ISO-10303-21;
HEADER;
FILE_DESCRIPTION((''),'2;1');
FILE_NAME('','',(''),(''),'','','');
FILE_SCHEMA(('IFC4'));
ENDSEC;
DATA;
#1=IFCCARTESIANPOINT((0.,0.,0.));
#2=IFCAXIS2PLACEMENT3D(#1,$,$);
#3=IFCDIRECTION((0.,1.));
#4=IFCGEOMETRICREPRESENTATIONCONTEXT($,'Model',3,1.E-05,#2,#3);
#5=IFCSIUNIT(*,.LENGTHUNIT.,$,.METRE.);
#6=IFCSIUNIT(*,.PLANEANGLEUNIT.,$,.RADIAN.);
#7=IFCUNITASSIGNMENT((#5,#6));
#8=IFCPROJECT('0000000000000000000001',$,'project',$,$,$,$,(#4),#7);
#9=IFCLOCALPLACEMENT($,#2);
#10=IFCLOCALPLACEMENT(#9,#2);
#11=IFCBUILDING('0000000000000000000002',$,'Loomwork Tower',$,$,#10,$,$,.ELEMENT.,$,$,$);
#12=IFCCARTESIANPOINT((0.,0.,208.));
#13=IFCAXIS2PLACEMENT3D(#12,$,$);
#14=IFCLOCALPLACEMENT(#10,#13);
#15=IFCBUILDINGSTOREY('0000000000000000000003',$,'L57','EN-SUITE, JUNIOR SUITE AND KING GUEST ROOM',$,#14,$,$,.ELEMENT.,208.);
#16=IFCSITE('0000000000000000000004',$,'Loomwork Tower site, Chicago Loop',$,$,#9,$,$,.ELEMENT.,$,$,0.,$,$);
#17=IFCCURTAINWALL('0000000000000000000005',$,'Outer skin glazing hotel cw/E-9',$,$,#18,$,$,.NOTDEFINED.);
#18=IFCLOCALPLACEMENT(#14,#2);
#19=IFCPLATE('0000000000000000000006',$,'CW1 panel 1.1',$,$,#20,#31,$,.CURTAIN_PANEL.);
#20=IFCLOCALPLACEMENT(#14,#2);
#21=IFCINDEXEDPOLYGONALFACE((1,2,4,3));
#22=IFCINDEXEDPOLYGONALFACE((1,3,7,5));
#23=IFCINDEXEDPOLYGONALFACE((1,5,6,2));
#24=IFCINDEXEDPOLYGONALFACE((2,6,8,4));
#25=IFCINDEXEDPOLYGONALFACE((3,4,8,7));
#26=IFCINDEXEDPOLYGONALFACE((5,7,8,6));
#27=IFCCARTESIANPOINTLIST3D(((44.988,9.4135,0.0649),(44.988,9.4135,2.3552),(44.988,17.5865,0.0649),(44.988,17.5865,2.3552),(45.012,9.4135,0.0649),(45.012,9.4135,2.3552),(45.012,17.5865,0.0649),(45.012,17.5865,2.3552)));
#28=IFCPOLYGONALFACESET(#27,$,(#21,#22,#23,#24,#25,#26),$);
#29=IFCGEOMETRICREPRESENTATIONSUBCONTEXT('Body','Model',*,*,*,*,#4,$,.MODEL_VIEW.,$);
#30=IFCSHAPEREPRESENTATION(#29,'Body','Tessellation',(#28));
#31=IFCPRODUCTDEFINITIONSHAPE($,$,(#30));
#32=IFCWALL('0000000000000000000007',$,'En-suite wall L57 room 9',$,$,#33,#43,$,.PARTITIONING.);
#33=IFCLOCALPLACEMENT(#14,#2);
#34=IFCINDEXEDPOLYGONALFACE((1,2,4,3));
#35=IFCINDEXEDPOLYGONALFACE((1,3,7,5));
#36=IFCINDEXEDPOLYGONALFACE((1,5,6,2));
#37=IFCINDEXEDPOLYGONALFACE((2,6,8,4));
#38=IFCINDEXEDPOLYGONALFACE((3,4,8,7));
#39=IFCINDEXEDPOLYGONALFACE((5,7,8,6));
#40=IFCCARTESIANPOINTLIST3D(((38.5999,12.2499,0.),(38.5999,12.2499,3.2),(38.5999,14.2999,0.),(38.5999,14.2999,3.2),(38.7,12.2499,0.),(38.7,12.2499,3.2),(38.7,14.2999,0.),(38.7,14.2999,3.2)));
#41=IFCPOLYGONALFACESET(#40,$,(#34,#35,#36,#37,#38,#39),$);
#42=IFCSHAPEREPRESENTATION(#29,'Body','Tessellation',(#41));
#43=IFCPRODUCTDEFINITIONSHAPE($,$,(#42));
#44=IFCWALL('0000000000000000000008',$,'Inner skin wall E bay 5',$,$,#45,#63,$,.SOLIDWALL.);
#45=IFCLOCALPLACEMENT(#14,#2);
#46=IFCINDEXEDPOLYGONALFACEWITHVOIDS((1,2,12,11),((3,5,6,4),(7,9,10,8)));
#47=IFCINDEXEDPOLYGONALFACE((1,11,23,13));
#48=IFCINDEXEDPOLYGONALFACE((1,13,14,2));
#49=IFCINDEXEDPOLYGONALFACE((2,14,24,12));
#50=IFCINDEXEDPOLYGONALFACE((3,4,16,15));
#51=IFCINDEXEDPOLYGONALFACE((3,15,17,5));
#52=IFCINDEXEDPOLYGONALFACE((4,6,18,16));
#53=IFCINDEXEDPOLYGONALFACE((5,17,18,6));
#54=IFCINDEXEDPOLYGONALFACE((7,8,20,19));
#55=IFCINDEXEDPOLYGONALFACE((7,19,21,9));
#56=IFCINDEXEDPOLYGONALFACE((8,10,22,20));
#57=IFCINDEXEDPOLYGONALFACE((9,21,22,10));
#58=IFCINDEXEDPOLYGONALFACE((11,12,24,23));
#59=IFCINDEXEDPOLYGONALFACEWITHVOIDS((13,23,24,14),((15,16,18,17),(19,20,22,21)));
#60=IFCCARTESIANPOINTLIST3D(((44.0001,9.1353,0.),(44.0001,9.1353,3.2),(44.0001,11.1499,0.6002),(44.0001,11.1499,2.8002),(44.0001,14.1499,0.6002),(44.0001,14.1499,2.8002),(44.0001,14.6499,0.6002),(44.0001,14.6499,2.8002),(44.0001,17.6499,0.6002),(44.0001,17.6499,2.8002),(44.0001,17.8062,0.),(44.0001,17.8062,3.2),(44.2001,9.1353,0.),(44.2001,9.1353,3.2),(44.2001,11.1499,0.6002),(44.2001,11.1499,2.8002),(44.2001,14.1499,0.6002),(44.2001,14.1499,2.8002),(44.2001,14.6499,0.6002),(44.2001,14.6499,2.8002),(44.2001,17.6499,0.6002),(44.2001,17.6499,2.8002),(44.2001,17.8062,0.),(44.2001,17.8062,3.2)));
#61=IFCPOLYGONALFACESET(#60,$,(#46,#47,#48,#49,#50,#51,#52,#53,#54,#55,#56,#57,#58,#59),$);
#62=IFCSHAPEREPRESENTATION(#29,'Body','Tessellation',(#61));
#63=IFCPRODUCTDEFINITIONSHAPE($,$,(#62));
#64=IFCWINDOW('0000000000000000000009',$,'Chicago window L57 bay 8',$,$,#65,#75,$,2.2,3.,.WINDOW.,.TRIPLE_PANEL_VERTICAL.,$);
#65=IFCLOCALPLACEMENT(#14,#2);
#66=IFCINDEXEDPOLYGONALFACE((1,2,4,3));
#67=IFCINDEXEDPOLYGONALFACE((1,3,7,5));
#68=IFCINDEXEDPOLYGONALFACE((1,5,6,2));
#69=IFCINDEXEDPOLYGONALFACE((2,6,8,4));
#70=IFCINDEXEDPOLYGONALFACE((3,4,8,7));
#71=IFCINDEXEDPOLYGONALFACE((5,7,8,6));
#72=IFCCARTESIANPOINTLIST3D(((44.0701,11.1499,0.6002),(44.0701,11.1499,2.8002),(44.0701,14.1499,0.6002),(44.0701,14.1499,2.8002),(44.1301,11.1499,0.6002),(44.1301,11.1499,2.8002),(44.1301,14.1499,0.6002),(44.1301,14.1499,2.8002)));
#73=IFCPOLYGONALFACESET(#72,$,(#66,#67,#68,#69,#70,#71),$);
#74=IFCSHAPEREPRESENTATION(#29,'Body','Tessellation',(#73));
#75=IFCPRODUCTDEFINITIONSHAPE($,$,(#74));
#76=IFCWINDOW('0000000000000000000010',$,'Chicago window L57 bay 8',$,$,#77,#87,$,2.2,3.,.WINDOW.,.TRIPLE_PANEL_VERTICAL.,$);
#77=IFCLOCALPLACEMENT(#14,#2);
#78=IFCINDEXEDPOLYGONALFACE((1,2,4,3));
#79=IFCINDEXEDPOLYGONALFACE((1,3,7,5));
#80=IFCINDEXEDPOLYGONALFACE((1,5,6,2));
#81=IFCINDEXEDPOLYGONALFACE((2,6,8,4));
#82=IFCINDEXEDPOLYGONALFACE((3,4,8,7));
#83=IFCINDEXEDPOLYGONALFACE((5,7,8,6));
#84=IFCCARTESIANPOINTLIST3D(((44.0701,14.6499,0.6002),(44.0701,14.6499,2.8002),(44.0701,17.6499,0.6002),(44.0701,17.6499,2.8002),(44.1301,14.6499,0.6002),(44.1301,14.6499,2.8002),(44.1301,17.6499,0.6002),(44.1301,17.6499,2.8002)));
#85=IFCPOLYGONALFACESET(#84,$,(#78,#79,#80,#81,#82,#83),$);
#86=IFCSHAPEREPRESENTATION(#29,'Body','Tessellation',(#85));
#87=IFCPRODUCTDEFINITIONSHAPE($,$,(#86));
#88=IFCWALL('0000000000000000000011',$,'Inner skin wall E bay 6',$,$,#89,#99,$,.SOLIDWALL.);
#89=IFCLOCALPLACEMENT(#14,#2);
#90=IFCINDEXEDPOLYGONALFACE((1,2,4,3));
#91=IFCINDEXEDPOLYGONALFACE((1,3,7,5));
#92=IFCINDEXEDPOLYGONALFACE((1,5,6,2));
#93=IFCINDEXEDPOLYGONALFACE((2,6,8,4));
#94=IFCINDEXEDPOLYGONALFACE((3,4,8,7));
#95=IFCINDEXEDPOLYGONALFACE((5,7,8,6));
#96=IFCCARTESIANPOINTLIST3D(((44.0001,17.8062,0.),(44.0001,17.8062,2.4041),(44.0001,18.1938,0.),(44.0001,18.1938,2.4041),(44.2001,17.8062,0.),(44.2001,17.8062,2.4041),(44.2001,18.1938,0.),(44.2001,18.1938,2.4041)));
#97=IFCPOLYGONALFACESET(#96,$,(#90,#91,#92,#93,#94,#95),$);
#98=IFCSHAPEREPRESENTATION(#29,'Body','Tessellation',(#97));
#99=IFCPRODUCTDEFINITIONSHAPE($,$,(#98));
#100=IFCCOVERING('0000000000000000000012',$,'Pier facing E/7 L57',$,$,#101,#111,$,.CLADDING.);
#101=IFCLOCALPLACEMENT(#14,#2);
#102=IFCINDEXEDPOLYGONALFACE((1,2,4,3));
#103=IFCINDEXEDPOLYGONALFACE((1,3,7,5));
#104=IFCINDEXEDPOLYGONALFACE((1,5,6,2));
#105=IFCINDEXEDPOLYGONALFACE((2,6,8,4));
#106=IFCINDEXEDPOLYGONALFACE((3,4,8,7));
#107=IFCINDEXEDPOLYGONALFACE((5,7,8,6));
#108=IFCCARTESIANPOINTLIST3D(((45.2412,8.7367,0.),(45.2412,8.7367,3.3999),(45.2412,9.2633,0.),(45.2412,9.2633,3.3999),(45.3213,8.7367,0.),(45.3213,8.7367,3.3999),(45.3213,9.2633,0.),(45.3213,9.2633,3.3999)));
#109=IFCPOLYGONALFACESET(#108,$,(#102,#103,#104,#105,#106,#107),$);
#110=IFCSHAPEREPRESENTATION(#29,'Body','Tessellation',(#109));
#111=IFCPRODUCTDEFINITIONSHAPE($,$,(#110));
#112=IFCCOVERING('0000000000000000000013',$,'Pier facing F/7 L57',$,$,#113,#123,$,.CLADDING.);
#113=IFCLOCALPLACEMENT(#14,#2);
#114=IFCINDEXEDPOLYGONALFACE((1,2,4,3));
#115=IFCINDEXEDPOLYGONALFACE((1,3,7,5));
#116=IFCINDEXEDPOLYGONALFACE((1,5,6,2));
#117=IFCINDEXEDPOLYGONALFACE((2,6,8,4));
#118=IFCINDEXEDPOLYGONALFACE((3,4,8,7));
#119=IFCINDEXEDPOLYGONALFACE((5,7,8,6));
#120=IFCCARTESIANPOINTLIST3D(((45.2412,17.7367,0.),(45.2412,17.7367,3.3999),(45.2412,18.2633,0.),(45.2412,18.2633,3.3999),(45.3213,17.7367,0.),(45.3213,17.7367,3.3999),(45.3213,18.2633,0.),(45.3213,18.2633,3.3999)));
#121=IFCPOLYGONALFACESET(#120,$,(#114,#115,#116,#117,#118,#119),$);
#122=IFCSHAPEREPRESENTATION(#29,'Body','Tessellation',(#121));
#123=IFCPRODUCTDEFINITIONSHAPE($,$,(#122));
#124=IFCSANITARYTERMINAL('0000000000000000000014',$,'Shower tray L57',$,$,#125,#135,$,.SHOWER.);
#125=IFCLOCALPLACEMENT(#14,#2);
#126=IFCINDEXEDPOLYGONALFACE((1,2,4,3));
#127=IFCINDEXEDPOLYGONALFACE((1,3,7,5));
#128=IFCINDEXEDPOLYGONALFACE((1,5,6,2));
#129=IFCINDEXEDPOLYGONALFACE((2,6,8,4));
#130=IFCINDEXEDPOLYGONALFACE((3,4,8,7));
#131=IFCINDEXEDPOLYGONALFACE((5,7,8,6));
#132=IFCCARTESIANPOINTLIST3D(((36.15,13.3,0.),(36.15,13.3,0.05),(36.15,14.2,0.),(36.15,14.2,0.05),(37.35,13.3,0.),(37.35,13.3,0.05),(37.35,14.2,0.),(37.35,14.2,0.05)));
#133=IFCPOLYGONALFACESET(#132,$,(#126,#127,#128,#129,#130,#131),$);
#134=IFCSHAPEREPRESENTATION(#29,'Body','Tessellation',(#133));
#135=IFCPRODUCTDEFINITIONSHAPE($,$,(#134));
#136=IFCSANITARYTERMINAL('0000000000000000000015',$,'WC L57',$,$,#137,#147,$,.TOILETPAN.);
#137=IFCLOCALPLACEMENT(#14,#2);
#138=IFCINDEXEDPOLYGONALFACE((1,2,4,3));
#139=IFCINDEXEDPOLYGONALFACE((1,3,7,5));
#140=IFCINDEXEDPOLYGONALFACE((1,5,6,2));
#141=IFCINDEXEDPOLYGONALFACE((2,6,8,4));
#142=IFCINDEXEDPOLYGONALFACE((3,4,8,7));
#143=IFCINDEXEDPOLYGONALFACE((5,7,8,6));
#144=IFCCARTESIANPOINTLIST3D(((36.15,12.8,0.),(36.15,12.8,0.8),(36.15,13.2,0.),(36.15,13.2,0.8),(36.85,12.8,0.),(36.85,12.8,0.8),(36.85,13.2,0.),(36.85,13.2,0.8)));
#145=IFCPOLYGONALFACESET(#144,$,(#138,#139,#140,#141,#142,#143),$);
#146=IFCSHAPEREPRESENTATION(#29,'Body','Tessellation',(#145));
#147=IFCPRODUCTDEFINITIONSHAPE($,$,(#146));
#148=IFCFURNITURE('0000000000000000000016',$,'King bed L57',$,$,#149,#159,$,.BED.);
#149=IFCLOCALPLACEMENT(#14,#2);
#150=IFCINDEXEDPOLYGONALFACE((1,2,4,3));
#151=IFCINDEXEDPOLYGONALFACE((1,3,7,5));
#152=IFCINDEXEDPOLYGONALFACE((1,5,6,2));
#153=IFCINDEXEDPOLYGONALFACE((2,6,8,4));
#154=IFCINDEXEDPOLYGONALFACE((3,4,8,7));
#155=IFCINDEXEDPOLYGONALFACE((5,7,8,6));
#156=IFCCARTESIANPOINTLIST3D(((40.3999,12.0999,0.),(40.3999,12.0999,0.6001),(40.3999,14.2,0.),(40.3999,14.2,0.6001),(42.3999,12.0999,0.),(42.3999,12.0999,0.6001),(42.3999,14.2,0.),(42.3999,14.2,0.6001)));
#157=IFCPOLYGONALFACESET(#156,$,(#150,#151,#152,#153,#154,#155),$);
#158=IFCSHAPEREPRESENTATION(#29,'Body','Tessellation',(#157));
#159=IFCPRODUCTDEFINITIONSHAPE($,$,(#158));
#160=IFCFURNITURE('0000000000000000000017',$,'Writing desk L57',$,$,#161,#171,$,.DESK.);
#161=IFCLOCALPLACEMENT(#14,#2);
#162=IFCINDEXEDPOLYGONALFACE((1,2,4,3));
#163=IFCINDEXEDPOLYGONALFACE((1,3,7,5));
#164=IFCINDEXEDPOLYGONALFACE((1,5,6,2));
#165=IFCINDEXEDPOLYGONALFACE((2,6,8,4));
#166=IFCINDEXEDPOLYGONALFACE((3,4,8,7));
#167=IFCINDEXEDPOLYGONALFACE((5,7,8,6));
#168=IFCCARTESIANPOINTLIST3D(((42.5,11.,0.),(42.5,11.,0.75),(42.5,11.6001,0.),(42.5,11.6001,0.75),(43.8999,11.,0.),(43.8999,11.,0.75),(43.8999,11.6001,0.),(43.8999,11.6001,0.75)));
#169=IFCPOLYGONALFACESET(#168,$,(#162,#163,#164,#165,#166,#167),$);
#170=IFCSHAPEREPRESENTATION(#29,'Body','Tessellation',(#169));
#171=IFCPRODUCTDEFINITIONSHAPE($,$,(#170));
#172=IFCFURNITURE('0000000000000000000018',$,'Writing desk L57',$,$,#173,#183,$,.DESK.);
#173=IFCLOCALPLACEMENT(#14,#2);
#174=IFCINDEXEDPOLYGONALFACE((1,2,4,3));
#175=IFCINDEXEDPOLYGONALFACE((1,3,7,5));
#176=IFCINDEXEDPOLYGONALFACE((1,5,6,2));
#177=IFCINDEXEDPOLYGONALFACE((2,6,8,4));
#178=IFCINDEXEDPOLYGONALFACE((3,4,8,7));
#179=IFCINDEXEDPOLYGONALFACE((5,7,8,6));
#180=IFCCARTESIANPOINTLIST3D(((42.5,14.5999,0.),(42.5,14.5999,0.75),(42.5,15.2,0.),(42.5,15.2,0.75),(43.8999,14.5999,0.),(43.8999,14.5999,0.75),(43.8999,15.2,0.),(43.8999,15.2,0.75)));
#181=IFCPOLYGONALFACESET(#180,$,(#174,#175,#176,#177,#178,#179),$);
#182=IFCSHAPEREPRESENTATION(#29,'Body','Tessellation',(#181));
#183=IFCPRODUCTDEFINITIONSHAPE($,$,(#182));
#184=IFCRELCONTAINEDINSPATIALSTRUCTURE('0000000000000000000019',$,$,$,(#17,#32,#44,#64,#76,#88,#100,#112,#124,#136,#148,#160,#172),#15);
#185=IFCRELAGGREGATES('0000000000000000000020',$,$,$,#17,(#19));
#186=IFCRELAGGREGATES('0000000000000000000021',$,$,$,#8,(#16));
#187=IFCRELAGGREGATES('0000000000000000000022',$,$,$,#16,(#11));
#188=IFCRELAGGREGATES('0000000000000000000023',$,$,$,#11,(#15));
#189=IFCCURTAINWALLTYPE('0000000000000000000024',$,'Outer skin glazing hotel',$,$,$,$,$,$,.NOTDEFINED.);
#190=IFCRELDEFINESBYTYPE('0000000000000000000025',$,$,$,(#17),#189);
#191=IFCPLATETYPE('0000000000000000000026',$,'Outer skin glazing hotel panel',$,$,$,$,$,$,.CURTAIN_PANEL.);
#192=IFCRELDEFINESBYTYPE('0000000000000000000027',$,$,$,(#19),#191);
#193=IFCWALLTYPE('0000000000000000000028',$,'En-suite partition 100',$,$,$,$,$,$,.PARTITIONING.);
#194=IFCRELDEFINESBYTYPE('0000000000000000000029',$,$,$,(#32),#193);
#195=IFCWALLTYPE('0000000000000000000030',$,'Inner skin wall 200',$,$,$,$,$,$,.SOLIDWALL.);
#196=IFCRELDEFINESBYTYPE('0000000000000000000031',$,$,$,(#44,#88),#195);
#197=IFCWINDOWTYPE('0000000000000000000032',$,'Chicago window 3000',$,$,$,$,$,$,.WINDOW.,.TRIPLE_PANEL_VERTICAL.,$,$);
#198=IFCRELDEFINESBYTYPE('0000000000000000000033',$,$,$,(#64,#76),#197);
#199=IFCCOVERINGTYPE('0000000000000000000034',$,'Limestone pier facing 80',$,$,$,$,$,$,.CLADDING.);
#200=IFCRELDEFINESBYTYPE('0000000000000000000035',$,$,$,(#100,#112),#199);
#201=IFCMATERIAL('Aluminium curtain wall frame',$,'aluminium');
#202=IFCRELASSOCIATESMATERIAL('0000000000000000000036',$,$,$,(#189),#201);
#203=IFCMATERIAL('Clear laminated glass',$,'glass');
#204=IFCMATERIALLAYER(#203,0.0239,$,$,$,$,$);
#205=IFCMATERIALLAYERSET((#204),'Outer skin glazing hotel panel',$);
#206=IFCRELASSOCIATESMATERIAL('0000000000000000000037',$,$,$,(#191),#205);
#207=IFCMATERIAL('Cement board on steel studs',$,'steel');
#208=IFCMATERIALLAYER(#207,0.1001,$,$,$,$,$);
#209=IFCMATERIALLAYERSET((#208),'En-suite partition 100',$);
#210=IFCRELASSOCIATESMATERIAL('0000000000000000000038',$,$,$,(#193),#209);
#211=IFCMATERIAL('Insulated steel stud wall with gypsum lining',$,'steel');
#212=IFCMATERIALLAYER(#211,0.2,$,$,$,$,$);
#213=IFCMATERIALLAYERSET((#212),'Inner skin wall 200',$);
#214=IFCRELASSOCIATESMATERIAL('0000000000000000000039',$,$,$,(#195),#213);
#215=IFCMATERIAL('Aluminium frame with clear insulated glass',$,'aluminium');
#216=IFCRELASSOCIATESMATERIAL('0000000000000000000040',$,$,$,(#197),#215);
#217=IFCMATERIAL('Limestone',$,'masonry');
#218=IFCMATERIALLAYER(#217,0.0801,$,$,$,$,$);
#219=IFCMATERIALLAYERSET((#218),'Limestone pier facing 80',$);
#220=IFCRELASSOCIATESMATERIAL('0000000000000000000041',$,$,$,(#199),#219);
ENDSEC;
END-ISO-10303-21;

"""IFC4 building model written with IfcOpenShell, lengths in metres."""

from ifc_helpers import new_model, si_unit, direction, frame, frame_2d, origin, origin_2d, place, context, subcontext, project, spatial, rectangle, extrude, material, layer, layer_set, type_object, element, fill, aggregate, save


model = new_model("IFC4")

# Units and contexts
model_context = context("Model", 3, precision=1e-05, world=origin(), true_north=direction((0.0, 1.0)))
body_context = subcontext(model_context, "Body", "Model", "MODEL_VIEW")
ifc_project = project(units=[si_unit("LENGTHUNIT", "METRE"), si_unit("PLANEANGLEUNIT", "RADIAN")], contexts=[model_context])

# Site, building, storey
site_placement = place(None, origin())
site = spatial("IfcSite", under=ifc_project, at=site_placement, Name="Loomwork Tower site, Chicago Loop", CompositionType="ELEMENT", RefElevation=0.0)
building_placement = place(site_placement, origin())
building = spatial("IfcBuilding", under=site, at=building_placement, Name="Loomwork Tower", CompositionType="ELEMENT")
storey_placement = place(building_placement, frame((0.0, 0.0, 208.0)))
storey = spatial("IfcBuildingStorey", under=building, at=storey_placement, Name="L57", Description="EN-SUITE, JUNIOR SUITE AND KING GUEST ROOM", CompositionType="ELEMENT", Elevation=208.0)

# Curtain wall
ifc_material_1 = material(Name="Aluminium curtain wall frame", Category="aluminium")
curtain_wall_type = type_object("IfcCurtainWallType", Name="Outer skin glazing hotel", PredefinedType="NOTDEFINED", material=ifc_material_1)
curtain_wall_placement = place(storey_placement, origin())
curtain_wall = element("IfcCurtainWall", 1, at=curtain_wall_placement, inside=storey, type_object=curtain_wall_type, Name="Outer skin glazing hotel cw/E-9", PredefinedType="NOTDEFINED")

# Plate
ifc_material_2 = material(Name="Clear laminated glass", Category="glass")
ifc_layer_1 = layer(ifc_material_2, 0.0239)
ifc_layer_set_1 = layer_set([ifc_layer_1], Name="Outer skin glazing hotel panel")
plate_type = type_object("IfcPlateType", Name="Outer skin glazing hotel panel", PredefinedType="CURTAIN_PANEL", material=ifc_layer_set_1)
plate_placement = place(storey_placement, frame((45.0, 13.5, 0.0649), z_axis=(0.0, 0.0, 1.0), x_axis=(0.0, 1.0, 0.0)))
plate = element("IfcPlate", 2, at=plate_placement, type_object=plate_type, Name="CW1 panel 1.1", PredefinedType="CURTAIN_PANEL", context=body_context, shape_type="SweptSolid", body=[
    extrude(rectangle(XDim=8.1731, YDim=0.0239, at=origin_2d()), origin(), (0.0, 0.0, 1.0), 2.2903),
])
aggregate(curtain_wall, [plate])

# Wall
ifc_material_3 = material(Name="Cement board on steel studs", Category="steel")
ifc_layer_2 = layer(ifc_material_3, 0.1001)
ifc_layer_set_2 = layer_set([ifc_layer_2], Name="En-suite partition 100")
wall_type_1 = type_object("IfcWallType", Name="En-suite partition 100", PredefinedType="PARTITIONING", material=ifc_layer_set_2)
wall_1_placement = place(storey_placement, frame((38.6499, 12.25, 0.0), z_axis=(0.0, 0.0, 1.0), x_axis=(0.0, 1.0, 0.0)))
element("IfcWall", 3, at=wall_1_placement, inside=storey, type_object=wall_type_1, Name="En-suite wall L57 room 9", PredefinedType="PARTITIONING", context=body_context, shape_type="SweptSolid", body=[
    extrude(rectangle(XDim=2.05, YDim=0.1001, at=frame_2d((1.0249, 0.0))), origin(), (0.0, 0.0, 1.0), 3.2),
])

# Wall, openings, windows
ifc_material_4 = material(Name="Insulated steel stud wall with gypsum lining", Category="steel")
ifc_layer_3 = layer(ifc_material_4, 0.2)
ifc_layer_set_3 = layer_set([ifc_layer_3], Name="Inner skin wall 200")
wall_type_2 = type_object("IfcWallType", Name="Inner skin wall 200", PredefinedType="SOLIDWALL", material=ifc_layer_set_3)
wall_2_placement = place(storey_placement, frame((44.1001, 9.1353, 0.0), z_axis=(0.0, 0.0, 1.0), x_axis=(0.0, 1.0, 0.0)))
wall_2 = element("IfcWall", 4, at=wall_2_placement, inside=storey, type_object=wall_type_2, Name="Inner skin wall E bay 5", PredefinedType="SOLIDWALL", context=body_context, shape_type="SweptSolid", body=[
    extrude(rectangle(XDim=8.6709, YDim=0.2, at=frame_2d((4.3354, 0.0))), origin(), (0.0, 0.0, 1.0), 3.2),
])
opening_1_placement = place(wall_2_placement, frame((2.0146, 0.0, 0.6001)))
opening_1 = element("IfcOpeningElement", 5, at=opening_1_placement, cuts=wall_2, PredefinedType="OPENING", context=body_context, shape_type="SweptSolid", body=[
    extrude(rectangle(XDim=3.0, YDim=2.2, at=frame_2d((1.5, 1.1001))), frame((0.0, 0.1099, 0.0), z_axis=(0.0, -1.0, 0.0), x_axis=(1.0, 0.0, 0.0)), (0.0, 0.0, 1.0), 0.22),
])
opening_2_placement = place(wall_2_placement, frame((5.5146, 0.0, 0.6001)))
opening_2 = element("IfcOpeningElement", 6, at=opening_2_placement, cuts=wall_2, PredefinedType="OPENING", context=body_context, shape_type="SweptSolid", body=[
    extrude(rectangle(XDim=3.0, YDim=2.2, at=frame_2d((1.5, 1.1001))), frame((0.0, 0.1099, 0.0), z_axis=(0.0, -1.0, 0.0), x_axis=(1.0, 0.0, 0.0)), (0.0, 0.0, 1.0), 0.22),
])
ifc_material_5 = material(Name="Aluminium frame with clear insulated glass", Category="aluminium")
window_type = type_object("IfcWindowType", Name="Chicago window 3000", PartitioningType="TRIPLE_PANEL_VERTICAL", PredefinedType="WINDOW", material=ifc_material_5)
window_1_placement = place(opening_1_placement, origin())
window_1 = element("IfcWindow", 7, at=window_1_placement, inside=storey, type_object=window_type, Name="Chicago window L57 bay 8", OverallHeight=2.2, OverallWidth=3.0, PartitioningType="TRIPLE_PANEL_VERTICAL", PredefinedType="WINDOW", context=body_context, shape_type="SweptSolid", body=[
    extrude(rectangle(XDim=3.0, YDim=2.2, at=frame_2d((1.5, 1.1001))), frame((0.0, 0.03, 0.0), z_axis=(0.0, -1.0, 0.0), x_axis=(1.0, 0.0, 0.0)), (0.0, 0.0, 1.0), 0.0601),
])
fill(opening_1, window_1)
window_2_placement = place(opening_2_placement, origin())
window_2 = element("IfcWindow", 8, at=window_2_placement, inside=storey, type_object=window_type, Name="Chicago window L57 bay 8", OverallHeight=2.2, OverallWidth=3.0, PartitioningType="TRIPLE_PANEL_VERTICAL", PredefinedType="WINDOW", context=body_context, shape_type="SweptSolid", body=[
    extrude(rectangle(XDim=3.0, YDim=2.2, at=frame_2d((1.5, 1.1001))), frame((0.0, 0.03, 0.0), z_axis=(0.0, -1.0, 0.0), x_axis=(1.0, 0.0, 0.0)), (0.0, 0.0, 1.0), 0.0601),
])
fill(opening_2, window_2)

# Wall
wall_3_placement = place(storey_placement, frame((44.1001, 17.8062, 0.0), z_axis=(0.0, 0.0, 1.0), x_axis=(0.0, 1.0, 0.0)))
element("IfcWall", 9, at=wall_3_placement, inside=storey, type_object=wall_type_2, Name="Inner skin wall E bay 6", PredefinedType="SOLIDWALL", context=body_context, shape_type="SweptSolid", body=[
    extrude(rectangle(XDim=0.3877, YDim=0.2, at=frame_2d((0.1938, 0.0))), origin(), (0.0, 0.0, 1.0), 2.4041),
])

# Coverings
ifc_material_6 = material(Name="Limestone", Category="masonry")
ifc_layer_4 = layer(ifc_material_6, 0.0801)
ifc_layer_set_4 = layer_set([ifc_layer_4], Name="Limestone pier facing 80")
covering_type = type_object("IfcCoveringType", Name="Limestone pier facing 80", PredefinedType="CLADDING", material=ifc_layer_set_4)
for number, where, z_axis, x_axis, name in (
    (10, (45.2812, 9.0, 0.0), (0.0, 0.0, 1.0), (1.0, 0.0, 0.0), "Pier facing E/7 L57"),
    (11, (45.2812, 18.0, 0.0), (0.0, 0.0, 1.0), (1.0, 0.0, 0.0), "Pier facing F/7 L57"),
):
    element("IfcCovering", number, at=place(storey_placement, frame(where, z_axis=z_axis, x_axis=x_axis)), inside=storey, type_object=covering_type, Name=name, PredefinedType="CLADDING", context=body_context, shape_type="SweptSolid", body=[
        extrude(rectangle(XDim=0.0801, YDim=0.5266, at=origin_2d()), origin(), (0.0, 0.0, 1.0), 3.3999),
    ])

# Sanitary terminals
sanitary_terminal_1_placement = place(storey_placement, frame((36.75, 13.75, 0.0), z_axis=(0.0, 0.0, 1.0), x_axis=(1.0, 0.0, 0.0)))
element("IfcSanitaryTerminal", 12, at=sanitary_terminal_1_placement, inside=storey, Name="Shower tray L57", PredefinedType="SHOWER", context=body_context, shape_type="SweptSolid", body=[
    extrude(rectangle(XDim=1.2, YDim=0.8999, at=origin_2d()), origin(), (0.0, 0.0, 1.0), 0.05),
])
sanitary_terminal_2_placement = place(storey_placement, frame((36.5, 13.0, 0.0), z_axis=(0.0, 0.0, 1.0), x_axis=(1.0, 0.0, 0.0)))
element("IfcSanitaryTerminal", 13, at=sanitary_terminal_2_placement, inside=storey, Name="WC L57", PredefinedType="TOILETPAN", context=body_context, shape_type="SweptSolid", body=[
    extrude(rectangle(XDim=0.7, YDim=0.3999, at=origin_2d()), origin(), (0.0, 0.0, 1.0), 0.8),
])

# Furniture
furniture_1_placement = place(storey_placement, frame((41.3999, 13.1499, 0.0), z_axis=(0.0, 0.0, 1.0), x_axis=(1.0, 0.0, 0.0)))
element("IfcFurniture", 14, at=furniture_1_placement, inside=storey, Name="King bed L57", PredefinedType="BED", context=body_context, shape_type="SweptSolid", body=[
    extrude(rectangle(XDim=2.0, YDim=2.1001, at=origin_2d()), origin(), (0.0, 0.0, 1.0), 0.6001),
])
for number, where, z_axis, x_axis, name in (
    (15, (43.2, 11.3, 0.0), (0.0, 0.0, 1.0), (1.0, 0.0, 0.0), "Writing desk L57"),
    (16, (43.2, 14.8999, 0.0), (0.0, 0.0, 1.0), (1.0, 0.0, 0.0), "Writing desk L57"),
):
    element("IfcFurniture", number, at=place(storey_placement, frame(where, z_axis=z_axis, x_axis=x_axis)), inside=storey, Name=name, PredefinedType="DESK", context=body_context, shape_type="SweptSolid", body=[
        extrude(rectangle(XDim=1.3999, YDim=0.6001, at=origin_2d()), origin(), (0.0, 0.0, 1.0), 0.75),
    ])

save(model, "model.ifc")
